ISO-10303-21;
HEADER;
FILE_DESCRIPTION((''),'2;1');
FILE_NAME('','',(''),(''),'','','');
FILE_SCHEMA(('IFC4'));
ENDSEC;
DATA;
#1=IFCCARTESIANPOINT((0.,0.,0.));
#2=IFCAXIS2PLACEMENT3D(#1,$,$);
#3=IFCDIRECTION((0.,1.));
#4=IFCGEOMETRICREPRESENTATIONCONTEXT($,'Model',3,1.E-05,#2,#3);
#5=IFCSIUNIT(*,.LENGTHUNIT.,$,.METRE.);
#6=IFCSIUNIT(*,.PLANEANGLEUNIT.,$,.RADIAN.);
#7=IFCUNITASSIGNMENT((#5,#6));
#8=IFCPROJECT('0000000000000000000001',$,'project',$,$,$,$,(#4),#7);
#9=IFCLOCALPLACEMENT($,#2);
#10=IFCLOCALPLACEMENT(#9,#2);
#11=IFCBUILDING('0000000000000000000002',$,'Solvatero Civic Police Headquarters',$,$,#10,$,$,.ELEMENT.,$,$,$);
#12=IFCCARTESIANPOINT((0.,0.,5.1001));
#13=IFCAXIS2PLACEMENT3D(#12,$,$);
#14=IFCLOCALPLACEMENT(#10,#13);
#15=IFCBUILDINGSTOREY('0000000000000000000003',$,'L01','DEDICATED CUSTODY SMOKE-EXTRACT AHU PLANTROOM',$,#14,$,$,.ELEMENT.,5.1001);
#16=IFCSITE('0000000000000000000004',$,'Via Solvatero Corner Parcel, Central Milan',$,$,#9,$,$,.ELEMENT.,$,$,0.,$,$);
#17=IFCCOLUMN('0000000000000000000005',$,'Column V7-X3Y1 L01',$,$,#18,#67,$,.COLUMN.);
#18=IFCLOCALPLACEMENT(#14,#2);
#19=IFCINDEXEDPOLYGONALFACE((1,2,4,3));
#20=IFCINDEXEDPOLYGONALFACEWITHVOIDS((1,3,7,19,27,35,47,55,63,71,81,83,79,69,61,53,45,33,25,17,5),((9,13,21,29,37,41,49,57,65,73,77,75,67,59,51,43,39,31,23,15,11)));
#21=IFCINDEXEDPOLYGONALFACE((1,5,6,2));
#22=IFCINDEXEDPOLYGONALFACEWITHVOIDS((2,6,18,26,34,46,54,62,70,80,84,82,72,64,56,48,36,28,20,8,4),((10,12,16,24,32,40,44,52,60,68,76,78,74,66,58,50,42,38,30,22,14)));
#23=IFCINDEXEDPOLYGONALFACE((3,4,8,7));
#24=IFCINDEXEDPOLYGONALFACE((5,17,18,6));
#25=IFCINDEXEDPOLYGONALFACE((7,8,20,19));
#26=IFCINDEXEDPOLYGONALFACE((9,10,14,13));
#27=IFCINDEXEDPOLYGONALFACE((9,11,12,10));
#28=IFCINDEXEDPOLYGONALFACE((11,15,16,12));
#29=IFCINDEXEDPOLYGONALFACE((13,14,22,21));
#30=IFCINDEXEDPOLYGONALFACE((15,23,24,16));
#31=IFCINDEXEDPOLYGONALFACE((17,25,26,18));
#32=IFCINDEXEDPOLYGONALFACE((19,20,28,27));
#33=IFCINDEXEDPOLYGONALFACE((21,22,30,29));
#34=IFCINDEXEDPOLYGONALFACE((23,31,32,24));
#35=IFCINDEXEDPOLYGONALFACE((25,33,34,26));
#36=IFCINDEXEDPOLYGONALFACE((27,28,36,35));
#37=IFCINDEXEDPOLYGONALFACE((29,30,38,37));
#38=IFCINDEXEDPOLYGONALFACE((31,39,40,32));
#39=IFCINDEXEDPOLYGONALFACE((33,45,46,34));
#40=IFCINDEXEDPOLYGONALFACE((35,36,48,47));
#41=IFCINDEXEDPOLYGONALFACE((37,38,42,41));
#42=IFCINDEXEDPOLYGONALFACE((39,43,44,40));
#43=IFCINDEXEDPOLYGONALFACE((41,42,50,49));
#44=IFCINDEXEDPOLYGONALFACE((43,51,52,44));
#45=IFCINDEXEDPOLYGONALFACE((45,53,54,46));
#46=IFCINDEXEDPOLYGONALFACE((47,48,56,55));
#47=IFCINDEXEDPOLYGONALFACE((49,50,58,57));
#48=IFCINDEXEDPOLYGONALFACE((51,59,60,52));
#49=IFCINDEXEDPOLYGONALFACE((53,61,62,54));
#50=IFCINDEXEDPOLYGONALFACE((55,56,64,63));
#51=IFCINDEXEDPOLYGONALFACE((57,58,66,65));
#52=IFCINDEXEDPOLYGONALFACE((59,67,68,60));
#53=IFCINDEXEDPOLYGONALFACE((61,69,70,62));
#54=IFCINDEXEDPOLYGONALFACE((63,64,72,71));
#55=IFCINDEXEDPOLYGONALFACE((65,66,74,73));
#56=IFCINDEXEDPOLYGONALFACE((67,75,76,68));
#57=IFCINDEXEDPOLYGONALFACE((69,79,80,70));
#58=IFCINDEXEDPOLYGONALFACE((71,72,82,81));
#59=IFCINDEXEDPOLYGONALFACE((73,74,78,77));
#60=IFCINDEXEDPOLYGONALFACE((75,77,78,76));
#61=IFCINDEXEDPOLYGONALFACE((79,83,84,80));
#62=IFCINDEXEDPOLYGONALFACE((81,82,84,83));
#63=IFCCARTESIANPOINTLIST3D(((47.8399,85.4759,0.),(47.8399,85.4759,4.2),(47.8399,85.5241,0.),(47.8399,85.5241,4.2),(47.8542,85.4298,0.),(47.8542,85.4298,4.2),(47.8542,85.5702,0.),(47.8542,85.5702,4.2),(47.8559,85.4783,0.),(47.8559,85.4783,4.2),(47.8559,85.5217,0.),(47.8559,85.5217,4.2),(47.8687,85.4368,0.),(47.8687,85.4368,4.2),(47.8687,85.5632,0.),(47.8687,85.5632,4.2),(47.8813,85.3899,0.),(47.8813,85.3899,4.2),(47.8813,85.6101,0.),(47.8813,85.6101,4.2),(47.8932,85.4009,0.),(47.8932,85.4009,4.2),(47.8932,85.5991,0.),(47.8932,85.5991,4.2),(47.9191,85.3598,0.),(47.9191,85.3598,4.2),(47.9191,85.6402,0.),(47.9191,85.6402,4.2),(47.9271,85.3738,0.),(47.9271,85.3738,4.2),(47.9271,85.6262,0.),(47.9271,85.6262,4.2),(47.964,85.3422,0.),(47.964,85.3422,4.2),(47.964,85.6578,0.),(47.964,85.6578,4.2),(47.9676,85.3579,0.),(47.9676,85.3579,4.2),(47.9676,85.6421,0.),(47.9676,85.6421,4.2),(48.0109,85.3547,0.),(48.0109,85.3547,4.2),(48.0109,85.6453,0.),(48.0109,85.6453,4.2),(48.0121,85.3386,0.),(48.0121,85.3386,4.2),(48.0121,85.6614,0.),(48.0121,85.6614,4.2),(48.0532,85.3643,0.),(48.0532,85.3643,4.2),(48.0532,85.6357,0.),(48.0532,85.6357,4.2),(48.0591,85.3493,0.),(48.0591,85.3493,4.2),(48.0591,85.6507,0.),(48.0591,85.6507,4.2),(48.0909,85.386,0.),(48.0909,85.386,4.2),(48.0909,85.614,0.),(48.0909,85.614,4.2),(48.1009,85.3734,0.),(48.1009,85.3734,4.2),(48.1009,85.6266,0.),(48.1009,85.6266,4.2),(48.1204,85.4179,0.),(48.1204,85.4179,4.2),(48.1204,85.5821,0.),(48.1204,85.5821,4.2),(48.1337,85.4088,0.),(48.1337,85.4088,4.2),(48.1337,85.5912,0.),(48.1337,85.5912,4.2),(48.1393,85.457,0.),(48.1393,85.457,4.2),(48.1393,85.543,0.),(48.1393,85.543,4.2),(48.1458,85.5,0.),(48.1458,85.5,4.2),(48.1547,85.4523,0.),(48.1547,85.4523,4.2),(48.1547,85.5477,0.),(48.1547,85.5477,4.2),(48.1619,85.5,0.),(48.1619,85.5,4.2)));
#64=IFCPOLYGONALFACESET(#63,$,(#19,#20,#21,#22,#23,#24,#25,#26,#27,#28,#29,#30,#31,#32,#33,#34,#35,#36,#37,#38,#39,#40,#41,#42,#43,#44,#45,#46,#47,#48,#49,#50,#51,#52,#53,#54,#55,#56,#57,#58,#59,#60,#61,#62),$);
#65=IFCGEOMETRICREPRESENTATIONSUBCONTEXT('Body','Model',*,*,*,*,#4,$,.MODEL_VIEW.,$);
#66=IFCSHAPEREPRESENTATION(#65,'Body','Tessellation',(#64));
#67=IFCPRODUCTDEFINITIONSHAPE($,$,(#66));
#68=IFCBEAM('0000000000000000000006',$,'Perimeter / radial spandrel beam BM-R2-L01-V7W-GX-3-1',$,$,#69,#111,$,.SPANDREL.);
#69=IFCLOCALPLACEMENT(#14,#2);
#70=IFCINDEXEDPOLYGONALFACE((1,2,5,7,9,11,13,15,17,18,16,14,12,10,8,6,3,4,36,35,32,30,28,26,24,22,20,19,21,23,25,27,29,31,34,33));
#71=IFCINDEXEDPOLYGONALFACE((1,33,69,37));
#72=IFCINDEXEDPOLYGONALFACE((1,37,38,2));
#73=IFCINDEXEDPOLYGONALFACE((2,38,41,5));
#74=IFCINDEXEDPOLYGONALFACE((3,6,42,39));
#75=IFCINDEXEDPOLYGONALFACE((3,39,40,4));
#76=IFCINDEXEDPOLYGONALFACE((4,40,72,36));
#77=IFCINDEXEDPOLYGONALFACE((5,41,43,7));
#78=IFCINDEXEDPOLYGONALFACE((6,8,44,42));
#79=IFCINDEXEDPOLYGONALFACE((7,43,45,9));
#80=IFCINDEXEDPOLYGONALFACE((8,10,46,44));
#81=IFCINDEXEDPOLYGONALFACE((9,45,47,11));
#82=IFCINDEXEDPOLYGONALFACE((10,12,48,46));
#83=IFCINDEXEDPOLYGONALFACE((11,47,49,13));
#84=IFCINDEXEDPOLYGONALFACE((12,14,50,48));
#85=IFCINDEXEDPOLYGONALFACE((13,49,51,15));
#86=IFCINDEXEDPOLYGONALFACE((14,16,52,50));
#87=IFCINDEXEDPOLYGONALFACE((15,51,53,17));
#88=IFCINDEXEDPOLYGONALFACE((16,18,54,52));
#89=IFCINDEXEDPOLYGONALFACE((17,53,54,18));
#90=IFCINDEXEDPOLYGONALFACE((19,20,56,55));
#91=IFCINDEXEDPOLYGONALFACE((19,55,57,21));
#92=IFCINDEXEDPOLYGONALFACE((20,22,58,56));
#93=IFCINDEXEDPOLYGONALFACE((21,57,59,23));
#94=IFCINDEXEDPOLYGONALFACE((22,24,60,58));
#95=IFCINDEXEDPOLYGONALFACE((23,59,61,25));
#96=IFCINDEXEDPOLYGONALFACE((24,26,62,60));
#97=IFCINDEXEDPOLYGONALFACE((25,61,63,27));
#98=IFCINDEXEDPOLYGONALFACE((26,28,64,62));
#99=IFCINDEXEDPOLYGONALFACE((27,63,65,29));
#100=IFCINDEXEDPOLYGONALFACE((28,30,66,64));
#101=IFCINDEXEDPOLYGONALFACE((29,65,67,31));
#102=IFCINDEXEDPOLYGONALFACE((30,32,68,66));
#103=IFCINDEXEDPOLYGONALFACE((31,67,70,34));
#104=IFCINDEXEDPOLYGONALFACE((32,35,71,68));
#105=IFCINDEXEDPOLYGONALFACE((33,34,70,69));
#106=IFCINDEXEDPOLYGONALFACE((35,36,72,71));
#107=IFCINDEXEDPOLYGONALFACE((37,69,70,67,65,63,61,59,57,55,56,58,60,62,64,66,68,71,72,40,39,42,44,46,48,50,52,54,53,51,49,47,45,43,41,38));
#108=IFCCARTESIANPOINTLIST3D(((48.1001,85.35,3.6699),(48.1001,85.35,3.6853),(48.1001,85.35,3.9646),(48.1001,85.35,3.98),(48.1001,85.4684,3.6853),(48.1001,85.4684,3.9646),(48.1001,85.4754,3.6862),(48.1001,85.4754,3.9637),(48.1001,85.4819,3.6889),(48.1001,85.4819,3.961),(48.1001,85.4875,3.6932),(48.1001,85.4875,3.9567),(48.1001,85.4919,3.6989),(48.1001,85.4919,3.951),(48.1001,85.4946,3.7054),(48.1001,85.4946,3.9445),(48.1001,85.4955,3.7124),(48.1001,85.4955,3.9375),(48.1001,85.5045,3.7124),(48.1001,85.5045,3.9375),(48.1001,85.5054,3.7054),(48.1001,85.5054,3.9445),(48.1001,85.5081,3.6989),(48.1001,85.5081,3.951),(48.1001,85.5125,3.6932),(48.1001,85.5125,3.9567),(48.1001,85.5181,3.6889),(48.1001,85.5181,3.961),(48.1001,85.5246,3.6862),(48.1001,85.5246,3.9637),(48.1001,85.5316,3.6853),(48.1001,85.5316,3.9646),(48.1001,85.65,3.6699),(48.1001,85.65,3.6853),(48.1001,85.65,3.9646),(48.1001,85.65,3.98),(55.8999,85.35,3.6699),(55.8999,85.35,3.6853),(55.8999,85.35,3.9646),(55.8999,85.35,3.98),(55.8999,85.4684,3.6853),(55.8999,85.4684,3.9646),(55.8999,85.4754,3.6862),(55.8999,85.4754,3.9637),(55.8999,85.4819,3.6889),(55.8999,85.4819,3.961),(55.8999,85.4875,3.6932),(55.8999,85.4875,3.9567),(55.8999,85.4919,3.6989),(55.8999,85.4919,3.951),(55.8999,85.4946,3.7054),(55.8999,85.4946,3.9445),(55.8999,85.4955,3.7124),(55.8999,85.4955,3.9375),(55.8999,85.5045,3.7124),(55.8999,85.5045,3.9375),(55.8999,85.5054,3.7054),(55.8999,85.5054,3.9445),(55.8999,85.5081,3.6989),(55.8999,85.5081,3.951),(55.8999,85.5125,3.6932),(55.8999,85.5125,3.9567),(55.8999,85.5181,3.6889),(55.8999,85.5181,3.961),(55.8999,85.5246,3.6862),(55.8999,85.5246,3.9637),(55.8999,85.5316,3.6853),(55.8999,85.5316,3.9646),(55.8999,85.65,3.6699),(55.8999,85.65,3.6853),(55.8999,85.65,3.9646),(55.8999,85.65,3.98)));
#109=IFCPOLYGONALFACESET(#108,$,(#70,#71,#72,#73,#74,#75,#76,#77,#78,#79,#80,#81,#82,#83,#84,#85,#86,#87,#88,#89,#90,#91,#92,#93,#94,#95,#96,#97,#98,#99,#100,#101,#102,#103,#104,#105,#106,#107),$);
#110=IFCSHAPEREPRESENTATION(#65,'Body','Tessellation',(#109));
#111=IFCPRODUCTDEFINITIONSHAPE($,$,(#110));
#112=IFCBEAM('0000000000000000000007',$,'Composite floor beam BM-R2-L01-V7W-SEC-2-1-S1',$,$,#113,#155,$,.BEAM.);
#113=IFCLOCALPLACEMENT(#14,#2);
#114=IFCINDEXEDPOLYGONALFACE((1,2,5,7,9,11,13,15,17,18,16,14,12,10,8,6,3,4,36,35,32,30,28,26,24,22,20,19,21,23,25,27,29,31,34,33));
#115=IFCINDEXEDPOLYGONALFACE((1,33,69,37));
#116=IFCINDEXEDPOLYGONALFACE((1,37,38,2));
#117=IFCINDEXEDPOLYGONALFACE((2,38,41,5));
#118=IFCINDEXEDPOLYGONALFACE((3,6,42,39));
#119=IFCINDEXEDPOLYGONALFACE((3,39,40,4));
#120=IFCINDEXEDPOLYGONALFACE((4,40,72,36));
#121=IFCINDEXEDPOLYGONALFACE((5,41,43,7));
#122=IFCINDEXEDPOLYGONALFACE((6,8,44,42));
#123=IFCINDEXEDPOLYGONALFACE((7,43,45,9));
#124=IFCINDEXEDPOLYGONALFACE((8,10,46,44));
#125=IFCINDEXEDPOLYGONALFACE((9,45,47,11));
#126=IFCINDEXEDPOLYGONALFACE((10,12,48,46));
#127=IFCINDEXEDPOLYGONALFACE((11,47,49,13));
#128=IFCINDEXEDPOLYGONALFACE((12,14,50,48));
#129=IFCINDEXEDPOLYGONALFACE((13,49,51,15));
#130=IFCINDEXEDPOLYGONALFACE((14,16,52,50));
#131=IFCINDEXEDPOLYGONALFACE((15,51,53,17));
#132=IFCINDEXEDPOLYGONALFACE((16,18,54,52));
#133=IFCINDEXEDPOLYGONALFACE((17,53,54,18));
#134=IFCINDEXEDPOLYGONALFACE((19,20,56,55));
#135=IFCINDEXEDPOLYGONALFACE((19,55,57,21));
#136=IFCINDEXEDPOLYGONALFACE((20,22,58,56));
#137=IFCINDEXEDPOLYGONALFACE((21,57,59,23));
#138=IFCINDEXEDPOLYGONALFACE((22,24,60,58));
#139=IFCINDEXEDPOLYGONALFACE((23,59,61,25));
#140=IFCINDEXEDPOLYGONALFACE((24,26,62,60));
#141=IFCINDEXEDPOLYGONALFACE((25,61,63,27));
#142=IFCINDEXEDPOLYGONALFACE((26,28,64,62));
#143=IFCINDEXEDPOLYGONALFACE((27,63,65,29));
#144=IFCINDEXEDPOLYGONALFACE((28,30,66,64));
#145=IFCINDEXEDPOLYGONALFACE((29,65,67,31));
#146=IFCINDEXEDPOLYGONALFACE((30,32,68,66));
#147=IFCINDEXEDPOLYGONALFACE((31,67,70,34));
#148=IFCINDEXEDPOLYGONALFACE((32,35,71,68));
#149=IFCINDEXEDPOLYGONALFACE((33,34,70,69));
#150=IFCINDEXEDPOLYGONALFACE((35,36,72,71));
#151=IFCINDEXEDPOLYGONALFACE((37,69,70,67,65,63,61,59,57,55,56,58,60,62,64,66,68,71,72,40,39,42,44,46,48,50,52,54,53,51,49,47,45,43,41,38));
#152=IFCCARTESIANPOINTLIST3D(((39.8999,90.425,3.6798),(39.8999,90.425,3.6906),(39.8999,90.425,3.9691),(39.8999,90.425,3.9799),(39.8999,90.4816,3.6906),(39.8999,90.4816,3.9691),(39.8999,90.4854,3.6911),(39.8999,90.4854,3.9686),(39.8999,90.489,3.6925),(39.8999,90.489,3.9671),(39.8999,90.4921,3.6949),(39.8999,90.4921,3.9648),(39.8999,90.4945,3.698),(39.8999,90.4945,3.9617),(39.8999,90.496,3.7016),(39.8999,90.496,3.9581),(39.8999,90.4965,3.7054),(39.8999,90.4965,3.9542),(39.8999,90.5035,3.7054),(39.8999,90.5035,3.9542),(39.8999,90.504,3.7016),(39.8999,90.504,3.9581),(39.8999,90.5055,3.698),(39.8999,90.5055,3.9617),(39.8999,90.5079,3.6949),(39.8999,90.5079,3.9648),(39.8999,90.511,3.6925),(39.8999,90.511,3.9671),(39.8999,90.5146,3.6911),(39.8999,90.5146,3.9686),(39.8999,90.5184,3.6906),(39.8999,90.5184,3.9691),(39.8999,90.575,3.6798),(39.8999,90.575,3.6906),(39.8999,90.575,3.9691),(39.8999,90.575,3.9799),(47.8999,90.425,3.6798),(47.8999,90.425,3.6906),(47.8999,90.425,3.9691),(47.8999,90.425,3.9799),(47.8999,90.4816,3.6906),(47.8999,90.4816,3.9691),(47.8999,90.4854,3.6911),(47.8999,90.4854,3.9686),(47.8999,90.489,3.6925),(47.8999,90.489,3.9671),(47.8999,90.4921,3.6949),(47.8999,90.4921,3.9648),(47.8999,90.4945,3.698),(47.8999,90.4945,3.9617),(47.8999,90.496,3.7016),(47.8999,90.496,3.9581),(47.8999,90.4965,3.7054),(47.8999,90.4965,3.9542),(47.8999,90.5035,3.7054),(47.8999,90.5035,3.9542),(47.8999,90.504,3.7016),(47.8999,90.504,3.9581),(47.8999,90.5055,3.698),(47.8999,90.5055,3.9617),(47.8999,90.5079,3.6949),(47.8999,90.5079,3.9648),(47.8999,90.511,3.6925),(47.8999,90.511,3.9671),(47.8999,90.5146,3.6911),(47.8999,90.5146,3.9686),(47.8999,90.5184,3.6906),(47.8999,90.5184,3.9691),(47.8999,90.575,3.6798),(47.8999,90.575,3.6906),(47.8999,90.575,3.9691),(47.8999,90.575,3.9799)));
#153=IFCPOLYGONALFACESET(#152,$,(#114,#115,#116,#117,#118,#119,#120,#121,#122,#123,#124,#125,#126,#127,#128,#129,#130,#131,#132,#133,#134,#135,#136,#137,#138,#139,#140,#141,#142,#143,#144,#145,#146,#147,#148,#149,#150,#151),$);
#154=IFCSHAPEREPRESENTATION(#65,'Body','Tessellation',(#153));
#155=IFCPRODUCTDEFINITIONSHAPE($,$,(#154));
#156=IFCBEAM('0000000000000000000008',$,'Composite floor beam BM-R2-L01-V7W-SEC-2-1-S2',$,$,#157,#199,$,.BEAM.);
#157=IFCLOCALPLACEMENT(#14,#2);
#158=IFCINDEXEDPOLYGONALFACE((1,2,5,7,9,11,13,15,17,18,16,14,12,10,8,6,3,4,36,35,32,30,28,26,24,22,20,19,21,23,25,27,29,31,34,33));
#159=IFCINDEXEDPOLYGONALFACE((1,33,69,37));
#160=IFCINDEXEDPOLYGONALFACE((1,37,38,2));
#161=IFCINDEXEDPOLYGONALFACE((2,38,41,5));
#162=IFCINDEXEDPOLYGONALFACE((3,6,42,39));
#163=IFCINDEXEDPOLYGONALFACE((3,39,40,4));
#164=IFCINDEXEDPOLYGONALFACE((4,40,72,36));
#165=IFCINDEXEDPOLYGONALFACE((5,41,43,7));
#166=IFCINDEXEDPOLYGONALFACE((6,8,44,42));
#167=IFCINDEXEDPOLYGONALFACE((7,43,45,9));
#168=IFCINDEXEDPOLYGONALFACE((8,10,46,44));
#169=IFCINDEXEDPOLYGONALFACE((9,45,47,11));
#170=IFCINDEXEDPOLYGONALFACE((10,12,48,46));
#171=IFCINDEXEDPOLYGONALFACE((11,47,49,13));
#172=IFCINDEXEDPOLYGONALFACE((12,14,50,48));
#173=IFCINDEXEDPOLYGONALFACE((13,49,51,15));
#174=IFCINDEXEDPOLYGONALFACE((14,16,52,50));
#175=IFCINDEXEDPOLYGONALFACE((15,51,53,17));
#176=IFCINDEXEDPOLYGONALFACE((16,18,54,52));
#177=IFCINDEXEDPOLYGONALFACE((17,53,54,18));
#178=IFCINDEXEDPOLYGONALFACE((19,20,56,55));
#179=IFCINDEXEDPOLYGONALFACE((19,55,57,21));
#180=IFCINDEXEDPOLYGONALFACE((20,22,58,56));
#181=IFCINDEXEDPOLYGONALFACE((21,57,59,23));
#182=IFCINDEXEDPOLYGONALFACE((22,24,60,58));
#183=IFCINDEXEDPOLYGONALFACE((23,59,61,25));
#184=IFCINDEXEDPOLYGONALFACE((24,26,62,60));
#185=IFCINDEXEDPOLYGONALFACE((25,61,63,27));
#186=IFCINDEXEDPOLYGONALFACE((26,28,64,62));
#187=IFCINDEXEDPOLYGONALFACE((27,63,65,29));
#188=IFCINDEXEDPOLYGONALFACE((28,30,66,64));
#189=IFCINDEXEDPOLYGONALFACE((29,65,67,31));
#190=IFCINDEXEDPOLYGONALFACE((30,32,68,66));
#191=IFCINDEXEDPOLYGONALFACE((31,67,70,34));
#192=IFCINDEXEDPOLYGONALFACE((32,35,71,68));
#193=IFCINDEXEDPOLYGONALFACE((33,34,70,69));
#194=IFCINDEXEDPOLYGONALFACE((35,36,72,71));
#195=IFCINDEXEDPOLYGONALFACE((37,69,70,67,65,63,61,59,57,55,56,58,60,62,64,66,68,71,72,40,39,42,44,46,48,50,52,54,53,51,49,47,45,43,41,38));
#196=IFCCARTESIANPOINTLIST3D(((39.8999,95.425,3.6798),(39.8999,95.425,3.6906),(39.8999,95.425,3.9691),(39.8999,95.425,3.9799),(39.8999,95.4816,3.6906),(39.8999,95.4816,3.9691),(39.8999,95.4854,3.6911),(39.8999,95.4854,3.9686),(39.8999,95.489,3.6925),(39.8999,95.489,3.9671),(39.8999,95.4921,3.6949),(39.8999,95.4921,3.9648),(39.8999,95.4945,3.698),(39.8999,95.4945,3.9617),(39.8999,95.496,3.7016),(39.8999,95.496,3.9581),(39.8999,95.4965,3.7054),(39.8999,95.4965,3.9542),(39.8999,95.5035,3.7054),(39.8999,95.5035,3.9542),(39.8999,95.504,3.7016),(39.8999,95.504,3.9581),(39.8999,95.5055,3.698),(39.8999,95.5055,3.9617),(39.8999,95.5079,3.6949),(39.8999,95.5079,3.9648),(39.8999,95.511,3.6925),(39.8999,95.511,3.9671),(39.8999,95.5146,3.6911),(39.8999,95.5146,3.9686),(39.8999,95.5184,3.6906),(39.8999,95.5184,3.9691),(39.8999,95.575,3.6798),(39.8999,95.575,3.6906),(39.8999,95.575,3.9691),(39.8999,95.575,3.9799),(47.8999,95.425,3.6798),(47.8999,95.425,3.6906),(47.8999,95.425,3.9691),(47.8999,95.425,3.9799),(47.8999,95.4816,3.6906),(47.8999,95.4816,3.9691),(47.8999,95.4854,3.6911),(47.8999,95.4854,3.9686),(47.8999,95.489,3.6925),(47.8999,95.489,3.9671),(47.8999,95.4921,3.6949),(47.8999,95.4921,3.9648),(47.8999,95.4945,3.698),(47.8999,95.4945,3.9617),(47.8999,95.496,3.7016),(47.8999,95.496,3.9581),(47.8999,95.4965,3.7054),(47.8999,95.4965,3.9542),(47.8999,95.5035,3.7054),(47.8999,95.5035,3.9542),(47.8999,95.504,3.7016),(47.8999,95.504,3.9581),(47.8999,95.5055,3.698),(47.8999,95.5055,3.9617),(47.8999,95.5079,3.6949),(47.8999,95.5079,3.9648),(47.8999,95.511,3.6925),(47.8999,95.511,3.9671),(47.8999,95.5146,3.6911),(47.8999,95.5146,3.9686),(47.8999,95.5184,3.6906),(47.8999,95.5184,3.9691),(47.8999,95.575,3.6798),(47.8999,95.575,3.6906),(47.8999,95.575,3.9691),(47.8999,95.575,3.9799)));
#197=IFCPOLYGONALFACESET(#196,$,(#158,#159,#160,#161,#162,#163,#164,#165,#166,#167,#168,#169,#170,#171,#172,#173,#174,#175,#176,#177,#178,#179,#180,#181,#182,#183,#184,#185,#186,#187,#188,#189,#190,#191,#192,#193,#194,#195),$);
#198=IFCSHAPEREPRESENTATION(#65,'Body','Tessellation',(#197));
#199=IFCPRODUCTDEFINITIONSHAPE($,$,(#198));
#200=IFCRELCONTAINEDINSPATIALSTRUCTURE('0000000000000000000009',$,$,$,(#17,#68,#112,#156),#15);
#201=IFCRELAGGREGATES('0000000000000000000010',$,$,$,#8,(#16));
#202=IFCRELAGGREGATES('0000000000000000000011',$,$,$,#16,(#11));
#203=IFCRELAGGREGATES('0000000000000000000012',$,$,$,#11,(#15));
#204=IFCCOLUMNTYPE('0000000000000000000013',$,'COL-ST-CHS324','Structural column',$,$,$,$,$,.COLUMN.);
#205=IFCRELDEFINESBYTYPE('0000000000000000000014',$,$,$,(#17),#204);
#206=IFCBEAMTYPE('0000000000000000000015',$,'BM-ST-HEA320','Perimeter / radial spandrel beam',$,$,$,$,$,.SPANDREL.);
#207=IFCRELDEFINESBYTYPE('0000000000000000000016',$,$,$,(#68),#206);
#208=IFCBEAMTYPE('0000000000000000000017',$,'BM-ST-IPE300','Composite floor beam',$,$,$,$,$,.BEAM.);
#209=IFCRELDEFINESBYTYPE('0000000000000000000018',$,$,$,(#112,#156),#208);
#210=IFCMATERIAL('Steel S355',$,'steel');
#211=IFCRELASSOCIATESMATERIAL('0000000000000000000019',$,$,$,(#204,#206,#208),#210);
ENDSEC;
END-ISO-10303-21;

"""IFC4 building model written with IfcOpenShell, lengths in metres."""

from ifc_helpers import new_model, si_unit, direction, frame, origin, origin_2d, place, context, subcontext, project, spatial, hollow_circle, i_section, extrude, material, material_profile, profile_set, type_object, element, save


model = new_model("IFC4")

# Units and contexts
model_context = context("Model", 3, precision=1e-05, world=origin(), true_north=direction((0.0, 1.0)))
body_context = subcontext(model_context, "Body", "Model", "MODEL_VIEW")
ifc_project = project(units=[si_unit("LENGTHUNIT", "METRE"), si_unit("PLANEANGLEUNIT", "RADIAN")], contexts=[model_context])

# Site, building, storey
site_placement = place(None, origin())
site = spatial("IfcSite", under=ifc_project, at=site_placement, Name="Via Solvatero Corner Parcel, Central Milan", CompositionType="ELEMENT", RefElevation=0.0)
building_placement = place(site_placement, origin())
building = spatial("IfcBuilding", under=site, at=building_placement, Name="Solvatero Civic Police Headquarters", CompositionType="ELEMENT")
storey_placement = place(building_placement, frame((0.0, 0.0, 5.1001)))
storey = spatial("IfcBuildingStorey", under=building, at=storey_placement, Name="L01", Description="DEDICATED CUSTODY SMOKE-EXTRACT AHU PLANTROOM", CompositionType="ELEMENT", Elevation=5.1001)

# Column
ifc_material_1 = material(Name="Steel S355", Category="steel")
ifc_material_profile_1 = material_profile(ifc_material_1, hollow_circle(Radius=0.1619, WallThickness=0.0161, at=origin_2d()), Name="CHS 323.9x16.0")
ifc_profile_set_1 = profile_set([ifc_material_profile_1], Name="Steel S355")
column_type = type_object("IfcColumnType", Name="COL-ST-CHS324", Description="Structural column", PredefinedType="COLUMN", material=ifc_profile_set_1)
column_placement = place(storey_placement, frame((48.0, 85.5, 0.0), z_axis=(0.0, 0.0, 1.0), x_axis=(1.0, 0.0, 0.0)))
element("IfcColumn", 1, at=column_placement, inside=storey, type_object=column_type, Name="Column V7-X3Y1 L01", PredefinedType="COLUMN", context=body_context, shape_type="SweptSolid", body=[
    extrude(hollow_circle(Radius=0.1619, WallThickness=0.0161, at=origin_2d()), origin(), (0.0, 0.0, 1.0), 4.2),
])

# Beams
ifc_material_profile_2 = material_profile(ifc_material_1, i_section(OverallWidth=0.3, OverallDepth=0.3101, WebThickness=0.009, FlangeThickness=0.0154, FilletRadius=0.0271, at=origin_2d()), Name="HEA 320")
ifc_profile_set_2 = profile_set([ifc_material_profile_2], Name="Steel S355")
beam_type_1 = type_object("IfcBeamType", Name="BM-ST-HEA320", Description="Perimeter / radial spandrel beam", PredefinedType="SPANDREL", material=ifc_profile_set_2)
beam_1_placement = place(storey_placement, frame((48.1001, 85.5, 3.825), z_axis=(1.0, 0.0, 0.0), x_axis=(0.0, 1.0, 0.0)))
element("IfcBeam", 2, at=beam_1_placement, inside=storey, type_object=beam_type_1, Name="Perimeter / radial spandrel beam BM-R2-L01-V7W-GX-3-1", PredefinedType="SPANDREL", context=body_context, shape_type="SweptSolid", body=[
    extrude(i_section(OverallWidth=0.3, OverallDepth=0.3101, WebThickness=0.009, FlangeThickness=0.0154, FilletRadius=0.0271, at=origin_2d()), origin(), (0.0, 0.0, 1.0), 7.7998),
])
ifc_material_profile_3 = material_profile(ifc_material_1, i_section(OverallWidth=0.1499, OverallDepth=0.3, WebThickness=0.0071, FlangeThickness=0.0107, FilletRadius=0.0149, at=origin_2d()), Name="IPE 300")
ifc_profile_set_3 = profile_set([ifc_material_profile_3], Name="Steel S355")
beam_type_2 = type_object("IfcBeamType", Name="BM-ST-IPE300", Description="Composite floor beam", PredefinedType="BEAM", material=ifc_profile_set_3)
for number, where, z_axis, x_axis, name in (
    (3, (39.8999, 90.5, 3.8298), (1.0, 0.0, 0.0), (0.0, 1.0, 0.0), "Composite floor beam BM-R2-L01-V7W-SEC-2-1-S1"),
    (4, (39.8999, 95.5, 3.8298), (1.0, 0.0, 0.0), (0.0, 1.0, 0.0), "Composite floor beam BM-R2-L01-V7W-SEC-2-1-S2"),
):
    element("IfcBeam", number, at=place(storey_placement, frame(where, z_axis=z_axis, x_axis=x_axis)), inside=storey, type_object=beam_type_2, Name=name, PredefinedType="BEAM", context=body_context, shape_type="SweptSolid", body=[
        extrude(i_section(OverallWidth=0.1499, OverallDepth=0.3, WebThickness=0.0071, FlangeThickness=0.0107, FilletRadius=0.0149, at=origin_2d()), origin(), (0.0, 0.0, 1.0), 8.0),
    ])

save(model, "model.ifc")
